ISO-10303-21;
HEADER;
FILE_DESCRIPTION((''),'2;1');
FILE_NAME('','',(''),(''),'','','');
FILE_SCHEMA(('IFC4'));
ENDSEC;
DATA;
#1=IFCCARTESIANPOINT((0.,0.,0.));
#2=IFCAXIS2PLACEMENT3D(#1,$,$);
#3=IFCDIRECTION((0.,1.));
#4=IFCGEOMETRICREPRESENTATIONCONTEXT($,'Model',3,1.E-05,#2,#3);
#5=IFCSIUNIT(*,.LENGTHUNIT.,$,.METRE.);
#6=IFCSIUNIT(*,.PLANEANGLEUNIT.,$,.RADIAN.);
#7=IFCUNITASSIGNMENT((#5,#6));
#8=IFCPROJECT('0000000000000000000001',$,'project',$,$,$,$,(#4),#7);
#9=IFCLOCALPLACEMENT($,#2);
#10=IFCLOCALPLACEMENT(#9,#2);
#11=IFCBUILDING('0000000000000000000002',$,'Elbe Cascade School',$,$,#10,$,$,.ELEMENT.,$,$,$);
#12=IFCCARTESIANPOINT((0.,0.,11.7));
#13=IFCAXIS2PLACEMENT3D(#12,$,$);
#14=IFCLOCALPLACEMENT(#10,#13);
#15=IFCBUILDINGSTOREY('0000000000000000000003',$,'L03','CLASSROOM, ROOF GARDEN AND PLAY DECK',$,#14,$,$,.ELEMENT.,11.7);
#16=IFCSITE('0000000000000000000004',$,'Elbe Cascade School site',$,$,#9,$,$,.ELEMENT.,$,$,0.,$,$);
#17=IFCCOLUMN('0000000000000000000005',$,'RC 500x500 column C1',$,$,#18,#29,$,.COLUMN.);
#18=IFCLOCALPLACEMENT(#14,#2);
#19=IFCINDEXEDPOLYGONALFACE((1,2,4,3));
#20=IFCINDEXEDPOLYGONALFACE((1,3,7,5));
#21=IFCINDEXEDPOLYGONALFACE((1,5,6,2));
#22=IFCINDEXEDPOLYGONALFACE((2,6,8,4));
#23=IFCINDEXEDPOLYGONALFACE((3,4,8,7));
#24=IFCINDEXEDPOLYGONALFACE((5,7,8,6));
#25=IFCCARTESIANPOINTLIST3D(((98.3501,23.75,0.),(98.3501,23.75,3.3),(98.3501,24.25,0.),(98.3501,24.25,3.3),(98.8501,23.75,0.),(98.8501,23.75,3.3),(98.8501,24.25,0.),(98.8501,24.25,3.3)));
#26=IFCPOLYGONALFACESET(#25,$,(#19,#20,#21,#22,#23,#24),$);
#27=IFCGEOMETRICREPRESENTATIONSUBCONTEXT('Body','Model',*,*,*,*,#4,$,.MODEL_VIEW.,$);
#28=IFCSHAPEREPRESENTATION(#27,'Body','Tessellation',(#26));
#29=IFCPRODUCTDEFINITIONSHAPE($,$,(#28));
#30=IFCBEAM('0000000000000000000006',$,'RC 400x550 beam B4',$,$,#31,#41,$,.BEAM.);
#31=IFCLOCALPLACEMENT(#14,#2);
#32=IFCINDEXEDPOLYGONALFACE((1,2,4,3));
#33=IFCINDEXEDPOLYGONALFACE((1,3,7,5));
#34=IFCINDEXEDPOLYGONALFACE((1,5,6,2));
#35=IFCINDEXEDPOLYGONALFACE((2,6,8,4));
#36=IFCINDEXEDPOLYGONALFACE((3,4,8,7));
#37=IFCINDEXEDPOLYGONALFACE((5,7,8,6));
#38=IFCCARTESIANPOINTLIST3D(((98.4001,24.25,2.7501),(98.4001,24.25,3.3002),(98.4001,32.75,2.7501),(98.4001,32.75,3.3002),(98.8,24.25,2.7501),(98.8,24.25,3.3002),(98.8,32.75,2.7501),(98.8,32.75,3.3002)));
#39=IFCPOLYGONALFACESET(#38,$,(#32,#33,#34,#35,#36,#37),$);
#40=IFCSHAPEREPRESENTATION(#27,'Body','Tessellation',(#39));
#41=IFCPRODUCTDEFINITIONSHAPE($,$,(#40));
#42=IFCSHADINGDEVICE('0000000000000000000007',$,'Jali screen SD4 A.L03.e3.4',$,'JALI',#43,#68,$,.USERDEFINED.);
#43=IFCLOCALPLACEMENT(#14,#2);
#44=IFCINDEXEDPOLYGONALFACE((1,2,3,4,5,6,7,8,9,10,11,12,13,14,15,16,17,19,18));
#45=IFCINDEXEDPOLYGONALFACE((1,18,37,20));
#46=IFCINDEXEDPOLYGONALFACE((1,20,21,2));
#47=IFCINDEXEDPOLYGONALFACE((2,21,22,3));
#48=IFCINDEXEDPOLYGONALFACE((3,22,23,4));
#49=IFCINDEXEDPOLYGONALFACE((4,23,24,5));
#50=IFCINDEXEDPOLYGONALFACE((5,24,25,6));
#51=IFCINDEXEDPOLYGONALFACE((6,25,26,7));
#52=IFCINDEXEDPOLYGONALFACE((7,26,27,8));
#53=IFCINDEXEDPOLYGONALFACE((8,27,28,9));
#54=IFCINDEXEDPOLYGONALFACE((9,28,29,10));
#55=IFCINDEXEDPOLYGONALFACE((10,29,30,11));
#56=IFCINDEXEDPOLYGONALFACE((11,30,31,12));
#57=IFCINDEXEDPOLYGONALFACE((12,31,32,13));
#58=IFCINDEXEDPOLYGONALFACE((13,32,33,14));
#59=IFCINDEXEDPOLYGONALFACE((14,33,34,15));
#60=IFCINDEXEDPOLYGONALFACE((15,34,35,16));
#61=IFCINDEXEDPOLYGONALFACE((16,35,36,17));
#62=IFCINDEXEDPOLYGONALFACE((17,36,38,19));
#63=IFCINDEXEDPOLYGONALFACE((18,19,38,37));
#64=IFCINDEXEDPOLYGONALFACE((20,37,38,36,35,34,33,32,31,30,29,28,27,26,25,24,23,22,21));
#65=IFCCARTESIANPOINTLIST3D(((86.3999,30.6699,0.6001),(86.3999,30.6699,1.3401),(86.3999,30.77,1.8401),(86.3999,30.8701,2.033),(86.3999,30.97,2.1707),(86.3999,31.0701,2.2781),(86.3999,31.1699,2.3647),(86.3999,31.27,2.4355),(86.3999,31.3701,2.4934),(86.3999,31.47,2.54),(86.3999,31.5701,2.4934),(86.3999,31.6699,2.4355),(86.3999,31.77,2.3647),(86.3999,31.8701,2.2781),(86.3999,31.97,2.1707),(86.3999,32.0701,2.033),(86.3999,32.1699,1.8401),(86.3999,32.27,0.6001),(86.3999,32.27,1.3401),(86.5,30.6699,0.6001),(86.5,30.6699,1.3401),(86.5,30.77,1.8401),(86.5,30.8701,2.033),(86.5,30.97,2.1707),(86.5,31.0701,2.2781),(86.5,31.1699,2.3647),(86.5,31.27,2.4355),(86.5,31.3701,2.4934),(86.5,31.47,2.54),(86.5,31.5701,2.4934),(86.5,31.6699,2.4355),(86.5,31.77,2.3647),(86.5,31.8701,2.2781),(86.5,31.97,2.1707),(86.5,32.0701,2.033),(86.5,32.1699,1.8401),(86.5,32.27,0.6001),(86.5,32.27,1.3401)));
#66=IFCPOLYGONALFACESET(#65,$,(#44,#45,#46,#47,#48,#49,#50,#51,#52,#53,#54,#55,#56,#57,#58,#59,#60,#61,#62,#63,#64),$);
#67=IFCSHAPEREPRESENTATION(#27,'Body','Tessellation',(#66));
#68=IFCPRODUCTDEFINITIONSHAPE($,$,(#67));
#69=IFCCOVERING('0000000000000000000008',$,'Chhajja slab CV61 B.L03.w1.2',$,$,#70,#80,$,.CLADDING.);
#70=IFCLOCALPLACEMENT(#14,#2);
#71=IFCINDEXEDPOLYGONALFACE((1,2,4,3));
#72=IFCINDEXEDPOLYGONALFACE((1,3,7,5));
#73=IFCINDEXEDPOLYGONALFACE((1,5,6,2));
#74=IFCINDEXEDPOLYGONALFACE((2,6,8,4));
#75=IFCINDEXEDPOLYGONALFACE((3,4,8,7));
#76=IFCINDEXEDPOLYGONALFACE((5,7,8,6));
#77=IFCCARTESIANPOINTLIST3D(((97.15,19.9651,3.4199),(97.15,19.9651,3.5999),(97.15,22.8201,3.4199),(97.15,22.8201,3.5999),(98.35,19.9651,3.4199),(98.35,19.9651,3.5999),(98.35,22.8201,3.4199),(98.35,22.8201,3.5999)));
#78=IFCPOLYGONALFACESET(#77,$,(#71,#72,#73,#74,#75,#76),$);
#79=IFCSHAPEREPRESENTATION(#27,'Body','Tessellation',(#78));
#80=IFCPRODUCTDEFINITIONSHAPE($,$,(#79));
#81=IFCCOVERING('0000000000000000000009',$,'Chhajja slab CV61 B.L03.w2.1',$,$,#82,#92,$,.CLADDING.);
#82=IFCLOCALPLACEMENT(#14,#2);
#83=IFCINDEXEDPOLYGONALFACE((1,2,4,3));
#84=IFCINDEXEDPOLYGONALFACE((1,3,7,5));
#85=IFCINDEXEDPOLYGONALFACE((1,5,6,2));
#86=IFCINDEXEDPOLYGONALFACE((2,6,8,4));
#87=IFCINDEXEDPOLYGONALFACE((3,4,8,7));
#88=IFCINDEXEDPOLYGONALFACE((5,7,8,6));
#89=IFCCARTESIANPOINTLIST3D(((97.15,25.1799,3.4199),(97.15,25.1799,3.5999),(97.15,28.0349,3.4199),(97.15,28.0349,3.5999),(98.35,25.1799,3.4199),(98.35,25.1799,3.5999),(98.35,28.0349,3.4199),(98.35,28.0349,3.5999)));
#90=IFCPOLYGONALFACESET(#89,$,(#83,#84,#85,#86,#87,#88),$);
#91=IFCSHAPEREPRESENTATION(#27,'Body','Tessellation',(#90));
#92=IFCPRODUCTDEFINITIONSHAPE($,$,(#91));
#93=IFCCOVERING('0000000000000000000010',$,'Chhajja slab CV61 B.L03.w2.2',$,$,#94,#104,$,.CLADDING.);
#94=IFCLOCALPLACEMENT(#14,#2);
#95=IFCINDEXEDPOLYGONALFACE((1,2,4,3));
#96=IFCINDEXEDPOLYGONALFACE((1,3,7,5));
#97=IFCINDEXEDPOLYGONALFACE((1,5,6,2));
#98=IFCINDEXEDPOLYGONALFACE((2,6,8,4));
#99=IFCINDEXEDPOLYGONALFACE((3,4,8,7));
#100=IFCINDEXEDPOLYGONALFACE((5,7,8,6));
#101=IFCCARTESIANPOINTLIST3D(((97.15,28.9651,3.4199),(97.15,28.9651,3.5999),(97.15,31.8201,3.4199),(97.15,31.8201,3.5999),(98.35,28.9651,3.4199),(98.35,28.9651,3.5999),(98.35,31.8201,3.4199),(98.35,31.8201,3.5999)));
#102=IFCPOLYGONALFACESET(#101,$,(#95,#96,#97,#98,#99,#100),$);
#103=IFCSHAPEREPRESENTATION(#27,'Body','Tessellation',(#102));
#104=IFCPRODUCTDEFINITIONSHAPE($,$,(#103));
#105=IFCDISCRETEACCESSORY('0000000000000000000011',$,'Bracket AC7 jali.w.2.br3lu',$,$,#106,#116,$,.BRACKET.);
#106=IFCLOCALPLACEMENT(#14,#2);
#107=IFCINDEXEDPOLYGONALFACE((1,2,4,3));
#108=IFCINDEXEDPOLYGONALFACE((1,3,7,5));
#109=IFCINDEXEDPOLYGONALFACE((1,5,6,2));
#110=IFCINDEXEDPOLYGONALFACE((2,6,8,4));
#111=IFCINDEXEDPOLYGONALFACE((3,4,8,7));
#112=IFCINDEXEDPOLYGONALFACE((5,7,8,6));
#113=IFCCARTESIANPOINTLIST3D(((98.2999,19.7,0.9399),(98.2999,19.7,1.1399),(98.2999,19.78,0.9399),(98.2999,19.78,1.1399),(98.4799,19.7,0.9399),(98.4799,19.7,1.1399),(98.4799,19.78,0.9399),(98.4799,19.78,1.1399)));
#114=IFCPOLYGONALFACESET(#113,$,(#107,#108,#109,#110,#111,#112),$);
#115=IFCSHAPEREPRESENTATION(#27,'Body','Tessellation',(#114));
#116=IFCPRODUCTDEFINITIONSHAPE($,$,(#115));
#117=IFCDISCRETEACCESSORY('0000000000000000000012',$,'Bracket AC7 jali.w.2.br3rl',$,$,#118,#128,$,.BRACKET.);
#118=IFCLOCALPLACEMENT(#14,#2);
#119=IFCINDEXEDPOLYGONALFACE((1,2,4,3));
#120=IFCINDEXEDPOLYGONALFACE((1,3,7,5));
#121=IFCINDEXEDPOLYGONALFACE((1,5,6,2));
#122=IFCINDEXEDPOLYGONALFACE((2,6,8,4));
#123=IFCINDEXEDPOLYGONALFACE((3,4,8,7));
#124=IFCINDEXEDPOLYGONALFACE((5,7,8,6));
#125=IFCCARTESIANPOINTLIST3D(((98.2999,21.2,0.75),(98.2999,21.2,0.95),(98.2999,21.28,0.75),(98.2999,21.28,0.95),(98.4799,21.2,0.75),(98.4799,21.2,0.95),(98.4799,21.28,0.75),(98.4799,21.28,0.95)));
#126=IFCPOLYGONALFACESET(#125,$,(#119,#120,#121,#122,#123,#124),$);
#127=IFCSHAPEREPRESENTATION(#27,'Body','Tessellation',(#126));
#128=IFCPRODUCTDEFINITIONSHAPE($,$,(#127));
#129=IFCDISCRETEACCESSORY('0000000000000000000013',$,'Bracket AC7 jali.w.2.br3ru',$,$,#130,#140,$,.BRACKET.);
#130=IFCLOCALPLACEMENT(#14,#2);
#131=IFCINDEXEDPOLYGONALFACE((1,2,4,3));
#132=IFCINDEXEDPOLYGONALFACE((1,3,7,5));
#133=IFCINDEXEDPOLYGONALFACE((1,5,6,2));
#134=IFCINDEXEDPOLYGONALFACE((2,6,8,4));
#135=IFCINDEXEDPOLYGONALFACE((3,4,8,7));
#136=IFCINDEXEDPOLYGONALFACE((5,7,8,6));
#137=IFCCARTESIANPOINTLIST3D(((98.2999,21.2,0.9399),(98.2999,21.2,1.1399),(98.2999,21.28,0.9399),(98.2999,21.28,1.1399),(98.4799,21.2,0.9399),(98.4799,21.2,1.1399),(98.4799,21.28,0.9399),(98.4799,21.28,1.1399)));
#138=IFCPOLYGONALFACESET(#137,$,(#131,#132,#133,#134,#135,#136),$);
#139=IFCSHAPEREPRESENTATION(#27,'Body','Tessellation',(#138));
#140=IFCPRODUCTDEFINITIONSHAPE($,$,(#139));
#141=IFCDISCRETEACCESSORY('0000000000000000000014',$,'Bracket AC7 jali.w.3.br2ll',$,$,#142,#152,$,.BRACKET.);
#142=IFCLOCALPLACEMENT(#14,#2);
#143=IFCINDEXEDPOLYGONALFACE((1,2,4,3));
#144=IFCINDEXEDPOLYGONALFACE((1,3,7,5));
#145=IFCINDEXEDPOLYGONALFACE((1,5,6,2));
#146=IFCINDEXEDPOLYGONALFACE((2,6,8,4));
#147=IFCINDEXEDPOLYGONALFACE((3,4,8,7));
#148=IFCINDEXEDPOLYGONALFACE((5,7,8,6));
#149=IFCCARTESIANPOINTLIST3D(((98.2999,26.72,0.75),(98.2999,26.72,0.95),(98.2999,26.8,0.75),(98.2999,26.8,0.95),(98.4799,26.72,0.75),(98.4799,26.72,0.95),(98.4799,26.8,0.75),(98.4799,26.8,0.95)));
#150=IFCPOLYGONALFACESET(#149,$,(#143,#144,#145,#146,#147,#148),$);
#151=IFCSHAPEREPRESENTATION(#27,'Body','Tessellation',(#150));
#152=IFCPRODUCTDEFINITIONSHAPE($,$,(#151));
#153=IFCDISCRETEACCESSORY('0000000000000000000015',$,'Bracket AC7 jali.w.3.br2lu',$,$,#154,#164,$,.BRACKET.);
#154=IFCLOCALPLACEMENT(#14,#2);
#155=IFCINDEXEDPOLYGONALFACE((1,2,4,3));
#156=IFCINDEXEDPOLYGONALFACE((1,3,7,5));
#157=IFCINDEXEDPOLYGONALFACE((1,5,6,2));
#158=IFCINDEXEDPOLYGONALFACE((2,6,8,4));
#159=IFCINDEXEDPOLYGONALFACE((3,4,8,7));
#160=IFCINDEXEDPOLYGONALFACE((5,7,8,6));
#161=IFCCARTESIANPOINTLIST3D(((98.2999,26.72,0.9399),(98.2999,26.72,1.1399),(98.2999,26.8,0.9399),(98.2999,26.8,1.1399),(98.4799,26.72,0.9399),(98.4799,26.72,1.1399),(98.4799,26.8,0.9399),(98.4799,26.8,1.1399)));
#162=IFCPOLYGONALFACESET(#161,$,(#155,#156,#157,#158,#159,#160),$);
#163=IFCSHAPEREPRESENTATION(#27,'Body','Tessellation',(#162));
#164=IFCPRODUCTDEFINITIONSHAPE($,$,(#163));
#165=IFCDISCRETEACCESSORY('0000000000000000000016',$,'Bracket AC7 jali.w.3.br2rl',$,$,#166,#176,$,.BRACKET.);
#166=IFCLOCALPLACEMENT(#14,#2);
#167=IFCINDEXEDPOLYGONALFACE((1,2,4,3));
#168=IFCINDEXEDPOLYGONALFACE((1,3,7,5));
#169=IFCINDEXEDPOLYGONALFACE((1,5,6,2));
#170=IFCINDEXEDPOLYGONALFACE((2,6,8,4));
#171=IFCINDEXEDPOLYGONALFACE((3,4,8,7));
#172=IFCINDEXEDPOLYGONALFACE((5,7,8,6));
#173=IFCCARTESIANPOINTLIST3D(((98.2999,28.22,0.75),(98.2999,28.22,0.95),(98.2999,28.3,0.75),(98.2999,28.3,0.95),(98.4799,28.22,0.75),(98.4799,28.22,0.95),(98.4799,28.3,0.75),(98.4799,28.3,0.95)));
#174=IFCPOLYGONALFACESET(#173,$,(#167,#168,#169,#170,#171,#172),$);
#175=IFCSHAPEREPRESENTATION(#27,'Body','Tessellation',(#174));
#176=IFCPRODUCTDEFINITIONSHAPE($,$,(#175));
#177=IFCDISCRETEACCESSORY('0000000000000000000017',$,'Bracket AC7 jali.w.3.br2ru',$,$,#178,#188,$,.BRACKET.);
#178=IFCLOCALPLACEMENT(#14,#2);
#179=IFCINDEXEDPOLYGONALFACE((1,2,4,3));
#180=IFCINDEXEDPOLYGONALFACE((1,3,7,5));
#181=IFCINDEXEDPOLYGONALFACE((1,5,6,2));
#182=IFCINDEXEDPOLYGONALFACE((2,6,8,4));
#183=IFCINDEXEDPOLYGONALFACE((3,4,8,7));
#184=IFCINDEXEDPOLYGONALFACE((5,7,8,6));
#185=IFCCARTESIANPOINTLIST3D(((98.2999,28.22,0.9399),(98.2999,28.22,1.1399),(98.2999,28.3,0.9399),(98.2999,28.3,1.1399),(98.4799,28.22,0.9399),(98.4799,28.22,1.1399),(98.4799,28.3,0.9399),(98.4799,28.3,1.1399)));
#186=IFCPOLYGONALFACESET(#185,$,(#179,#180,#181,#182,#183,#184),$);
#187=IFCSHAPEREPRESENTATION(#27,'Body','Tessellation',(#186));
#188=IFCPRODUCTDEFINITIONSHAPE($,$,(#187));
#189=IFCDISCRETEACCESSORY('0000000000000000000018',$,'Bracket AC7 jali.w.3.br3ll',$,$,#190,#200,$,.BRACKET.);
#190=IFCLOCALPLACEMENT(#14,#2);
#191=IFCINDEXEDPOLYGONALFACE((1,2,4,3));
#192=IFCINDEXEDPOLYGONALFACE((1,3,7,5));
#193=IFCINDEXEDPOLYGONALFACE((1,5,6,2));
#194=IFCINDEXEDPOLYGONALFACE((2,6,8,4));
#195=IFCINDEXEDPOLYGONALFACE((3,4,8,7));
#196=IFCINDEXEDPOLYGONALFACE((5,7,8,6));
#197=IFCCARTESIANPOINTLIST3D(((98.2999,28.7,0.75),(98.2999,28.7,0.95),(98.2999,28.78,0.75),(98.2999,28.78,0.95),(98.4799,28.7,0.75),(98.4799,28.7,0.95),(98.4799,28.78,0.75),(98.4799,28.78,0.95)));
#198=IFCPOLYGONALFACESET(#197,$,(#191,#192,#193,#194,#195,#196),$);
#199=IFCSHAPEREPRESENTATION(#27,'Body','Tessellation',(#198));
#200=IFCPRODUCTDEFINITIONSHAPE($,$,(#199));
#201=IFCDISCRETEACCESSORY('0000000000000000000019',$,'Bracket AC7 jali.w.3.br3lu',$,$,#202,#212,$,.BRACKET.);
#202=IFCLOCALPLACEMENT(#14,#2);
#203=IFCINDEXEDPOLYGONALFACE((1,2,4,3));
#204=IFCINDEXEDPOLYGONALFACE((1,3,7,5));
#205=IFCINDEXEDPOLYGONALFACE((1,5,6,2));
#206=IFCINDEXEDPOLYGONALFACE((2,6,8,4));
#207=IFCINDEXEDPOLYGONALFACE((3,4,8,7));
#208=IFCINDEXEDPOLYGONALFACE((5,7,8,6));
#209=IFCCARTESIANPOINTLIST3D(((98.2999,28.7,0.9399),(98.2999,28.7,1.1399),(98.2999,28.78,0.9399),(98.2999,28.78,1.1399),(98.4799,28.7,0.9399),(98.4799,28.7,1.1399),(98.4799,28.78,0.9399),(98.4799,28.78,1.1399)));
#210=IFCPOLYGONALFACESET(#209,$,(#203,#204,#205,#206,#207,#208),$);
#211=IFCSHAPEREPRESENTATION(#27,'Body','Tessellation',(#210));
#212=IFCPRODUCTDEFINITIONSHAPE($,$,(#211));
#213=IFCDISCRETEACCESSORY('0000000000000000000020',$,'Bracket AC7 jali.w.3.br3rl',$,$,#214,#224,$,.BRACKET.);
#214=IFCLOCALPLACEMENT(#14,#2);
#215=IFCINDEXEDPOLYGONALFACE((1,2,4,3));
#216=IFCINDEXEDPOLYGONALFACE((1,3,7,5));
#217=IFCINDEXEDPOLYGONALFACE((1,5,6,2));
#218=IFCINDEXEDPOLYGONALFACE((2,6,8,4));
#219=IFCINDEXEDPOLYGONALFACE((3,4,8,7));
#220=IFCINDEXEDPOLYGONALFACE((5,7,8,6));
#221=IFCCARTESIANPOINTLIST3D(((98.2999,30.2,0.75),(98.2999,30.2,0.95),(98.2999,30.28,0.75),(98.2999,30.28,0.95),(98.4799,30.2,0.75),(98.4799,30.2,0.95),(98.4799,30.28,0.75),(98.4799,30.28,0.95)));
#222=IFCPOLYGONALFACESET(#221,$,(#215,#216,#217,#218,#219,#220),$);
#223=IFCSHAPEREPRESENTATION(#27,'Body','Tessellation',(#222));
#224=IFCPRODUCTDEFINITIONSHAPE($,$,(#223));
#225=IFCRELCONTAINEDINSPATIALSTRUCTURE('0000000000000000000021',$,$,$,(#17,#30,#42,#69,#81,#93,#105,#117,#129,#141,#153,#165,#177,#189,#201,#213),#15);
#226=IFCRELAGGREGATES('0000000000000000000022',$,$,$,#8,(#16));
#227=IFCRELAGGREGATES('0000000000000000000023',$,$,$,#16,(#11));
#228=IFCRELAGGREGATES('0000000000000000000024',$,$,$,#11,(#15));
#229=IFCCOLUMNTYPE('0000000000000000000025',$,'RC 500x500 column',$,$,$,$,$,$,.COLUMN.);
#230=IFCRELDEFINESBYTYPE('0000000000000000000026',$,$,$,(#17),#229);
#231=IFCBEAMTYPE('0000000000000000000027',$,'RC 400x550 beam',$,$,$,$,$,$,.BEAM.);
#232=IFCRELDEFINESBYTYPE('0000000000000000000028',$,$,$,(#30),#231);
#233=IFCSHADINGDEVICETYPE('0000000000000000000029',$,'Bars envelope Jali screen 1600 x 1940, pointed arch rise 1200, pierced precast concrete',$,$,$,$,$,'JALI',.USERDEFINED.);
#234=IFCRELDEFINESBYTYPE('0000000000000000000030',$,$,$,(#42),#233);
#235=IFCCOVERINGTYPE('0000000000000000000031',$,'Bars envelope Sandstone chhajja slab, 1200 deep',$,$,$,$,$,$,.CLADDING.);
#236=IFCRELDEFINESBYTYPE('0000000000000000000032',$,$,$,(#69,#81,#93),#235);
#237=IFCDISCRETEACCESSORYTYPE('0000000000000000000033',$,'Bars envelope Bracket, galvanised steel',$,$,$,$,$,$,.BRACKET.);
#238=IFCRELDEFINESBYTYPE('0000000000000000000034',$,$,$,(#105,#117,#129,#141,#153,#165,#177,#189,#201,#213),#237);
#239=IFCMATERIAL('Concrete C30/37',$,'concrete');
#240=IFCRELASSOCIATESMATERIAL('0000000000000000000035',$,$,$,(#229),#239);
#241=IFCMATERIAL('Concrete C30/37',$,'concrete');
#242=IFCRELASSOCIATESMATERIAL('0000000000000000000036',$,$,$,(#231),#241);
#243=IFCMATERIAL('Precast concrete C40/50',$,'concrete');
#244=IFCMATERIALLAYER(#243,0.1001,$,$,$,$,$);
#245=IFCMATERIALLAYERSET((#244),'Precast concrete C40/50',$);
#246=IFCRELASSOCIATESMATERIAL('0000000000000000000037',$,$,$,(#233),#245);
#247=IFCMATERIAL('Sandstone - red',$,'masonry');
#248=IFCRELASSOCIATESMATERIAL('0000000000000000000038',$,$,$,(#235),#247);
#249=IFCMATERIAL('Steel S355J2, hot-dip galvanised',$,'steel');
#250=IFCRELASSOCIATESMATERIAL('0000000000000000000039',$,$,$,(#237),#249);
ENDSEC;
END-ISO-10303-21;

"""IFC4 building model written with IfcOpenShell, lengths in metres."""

from ifc_helpers import new_model, si_unit, direction, frame, origin, origin_2d, place, context, subcontext, project, spatial, polyline, rectangle, outline, extrude, material, layer, layer_set, material_profile, profile_set, type_object, element, save


model = new_model("IFC4")

# Units and contexts
model_context = context("Model", 3, precision=1e-05, world=origin(), true_north=direction((0.0, 1.0)))
body_context = subcontext(model_context, "Body", "Model", "MODEL_VIEW")
ifc_project = project(units=[si_unit("LENGTHUNIT", "METRE"), si_unit("PLANEANGLEUNIT", "RADIAN")], contexts=[model_context])

# Site, building, storey
site_placement = place(None, origin())
site = spatial("IfcSite", under=ifc_project, at=site_placement, Name="Elbe Cascade School site", CompositionType="ELEMENT", RefElevation=0.0)
building_placement = place(site_placement, origin())
building = spatial("IfcBuilding", under=site, at=building_placement, Name="Elbe Cascade School", CompositionType="ELEMENT")
storey_placement = place(building_placement, frame((0.0, 0.0, 11.7)))
storey = spatial("IfcBuildingStorey", under=building, at=storey_placement, Name="L03", Description="CLASSROOM, ROOF GARDEN AND PLAY DECK", CompositionType="ELEMENT", Elevation=11.7)

# Column
ifc_material_1 = material(Name="Concrete C30/37", Category="concrete")
ifc_material_profile_1 = material_profile(ifc_material_1, rectangle(XDim=0.5, YDim=0.5, at=origin_2d()), Name="RC 500x500")
ifc_profile_set_1 = profile_set([ifc_material_profile_1], Name="Concrete C30/37")
column_type = type_object("IfcColumnType", Name="RC 500x500 column", PredefinedType="COLUMN", material=ifc_profile_set_1)
column_placement = place(storey_placement, frame((98.6001, 24.0, 0.0), z_axis=(0.0, 0.0, 1.0), x_axis=(1.0, 0.0, 0.0)))
element("IfcColumn", 1, at=column_placement, inside=storey, type_object=column_type, Name="RC 500x500 column C1", PredefinedType="COLUMN", context=body_context, shape_type="SweptSolid", body=[
    extrude(rectangle(XDim=0.5, YDim=0.5, at=origin_2d()), origin(), (0.0, 0.0, 1.0), 3.3),
])

# Beam
ifc_material_2 = material(Name="Concrete C30/37", Category="concrete")
ifc_material_profile_2 = material_profile(ifc_material_2, rectangle(XDim=0.3999, YDim=0.55, at=origin_2d()), Name="RC 400x550")
ifc_profile_set_2 = profile_set([ifc_material_profile_2], Name="Concrete C30/37")
beam_type = type_object("IfcBeamType", Name="RC 400x550 beam", PredefinedType="BEAM", material=ifc_profile_set_2)
beam_placement = place(storey_placement, frame((98.6001, 24.25, 3.0251), z_axis=(0.0, 1.0, 0.0), x_axis=(-1.0, 0.0, 0.0)))
element("IfcBeam", 2, at=beam_placement, inside=storey, type_object=beam_type, Name="RC 400x550 beam B4", PredefinedType="BEAM", context=body_context, shape_type="SweptSolid", body=[
    extrude(rectangle(XDim=0.3999, YDim=0.55, at=origin_2d()), origin(), (0.0, 0.0, 1.0), 8.5),
])

# Shading device
ifc_material_3 = material(Name="Precast concrete C40/50", Category="concrete")
ifc_layer_1 = layer(ifc_material_3, 0.1001)
ifc_layer_set_1 = layer_set([ifc_layer_1], Name="Precast concrete C40/50")
shading_device_type_1 = type_object("IfcShadingDeviceType", Name="Bars envelope Jali screen 1600 x 1940, pointed arch rise 1200, pierced precast concrete", ElementType="JALI", PredefinedType="USERDEFINED", material=ifc_layer_set_1)
shading_device_1_placement = place(storey_placement, frame((86.5, 30.6699, 0.6001), z_axis=(1.0, 0.0, 0.0), x_axis=(0.0, 1.0, 0.0)))
element("IfcShadingDevice", 3, at=shading_device_1_placement, inside=storey, type_object=shading_device_type_1, Name="Jali screen SD4 A.L03.e3.4", ObjectType="JALI", PredefinedType="USERDEFINED", context=body_context, shape_type="SweptSolid", body=[
    extrude(outline(polyline([(0.0, 0.0), (1.6001, 0.0), (1.6001, 0.74), (1.5, 1.24), (1.4001, 1.4329), (1.3, 1.5706), (1.2002, 1.678), (1.1001, 1.7646), (1.0, 1.8354), (0.9001, 1.8933), (0.8, 1.9399), (0.7002, 1.8933), (0.6001, 1.8354), (0.5, 1.7646), (0.4001, 1.678), (0.3, 1.5706), (0.2002, 1.4329), (0.1001, 1.24), (0.0, 0.74), (0.0, 0.0)])), origin(), (0.0, 0.0, -1.0), 0.1001),
])

# Coverings
ifc_material_4 = material(Name="Sandstone - red", Category="masonry")
covering_type = type_object("IfcCoveringType", Name="Bars envelope Sandstone chhajja slab, 1200 deep", PredefinedType="CLADDING", material=ifc_material_4)
for number, where, z_axis, x_axis, name in (
    (4, (97.75, 21.3926, 3.4199), (0.0, 0.0, 1.0), (0.0, 1.0, 0.0), "Chhajja slab CV61 B.L03.w1.2"),
    (5, (97.75, 26.6074, 3.4199), (0.0, 0.0, 1.0), (0.0, 1.0, 0.0), "Chhajja slab CV61 B.L03.w2.1"),
    (6, (97.75, 30.3926, 3.4199), (0.0, 0.0, 1.0), (0.0, 1.0, 0.0), "Chhajja slab CV61 B.L03.w2.2"),
):
    element("IfcCovering", number, at=place(storey_placement, frame(where, z_axis=z_axis, x_axis=x_axis)), inside=storey, type_object=covering_type, Name=name, PredefinedType="CLADDING", context=body_context, shape_type="SweptSolid", body=[
        extrude(rectangle(XDim=2.855, YDim=1.2, at=origin_2d()), origin(), (0.0, 0.0, 1.0), 0.1799),
    ])

# Discrete accessories
ifc_material_5 = material(Name="Steel S355J2, hot-dip galvanised", Category="steel")
discrete_accessory_type = type_object("IfcDiscreteAccessoryType", Name="Bars envelope Bracket, galvanised steel", PredefinedType="BRACKET", material=ifc_material_5)
for number, where, z_axis, x_axis, name in (
    (7, (98.3899, 19.74, 0.9399), (0.0, 0.0, 1.0), (0.0, 1.0, 0.0), "Bracket AC7 jali.w.2.br3lu"),
    (8, (98.3899, 21.24, 0.75), (0.0, 0.0, 1.0), (0.0, 1.0, 0.0), "Bracket AC7 jali.w.2.br3rl"),
    (9, (98.3899, 21.24, 0.9399), (0.0, 0.0, 1.0), (0.0, 1.0, 0.0), "Bracket AC7 jali.w.2.br3ru"),
    (10, (98.3899, 26.76, 0.75), (0.0, 0.0, 1.0), (0.0, 1.0, 0.0), "Bracket AC7 jali.w.3.br2ll"),
    (11, (98.3899, 26.76, 0.9399), (0.0, 0.0, 1.0), (0.0, 1.0, 0.0), "Bracket AC7 jali.w.3.br2lu"),
    (12, (98.3899, 28.26, 0.75), (0.0, 0.0, 1.0), (0.0, 1.0, 0.0), "Bracket AC7 jali.w.3.br2rl"),
    (13, (98.3899, 28.26, 0.9399), (0.0, 0.0, 1.0), (0.0, 1.0, 0.0), "Bracket AC7 jali.w.3.br2ru"),
    (14, (98.3899, 28.74, 0.75), (0.0, 0.0, 1.0), (0.0, 1.0, 0.0), "Bracket AC7 jali.w.3.br3ll"),
    (15, (98.3899, 28.74, 0.9399), (0.0, 0.0, 1.0), (0.0, 1.0, 0.0), "Bracket AC7 jali.w.3.br3lu"),
    (16, (98.3899, 30.24, 0.75), (0.0, 0.0, 1.0), (0.0, 1.0, 0.0), "Bracket AC7 jali.w.3.br3rl"),
):
    element("IfcDiscreteAccessory", number, at=place(storey_placement, frame(where, z_axis=z_axis, x_axis=x_axis)), inside=storey, type_object=discrete_accessory_type, Name=name, PredefinedType="BRACKET", context=body_context, shape_type="SweptSolid", body=[
        extrude(rectangle(XDim=0.0801, YDim=0.1799, at=origin_2d()), origin(), (0.0, 0.0, 1.0), 0.2),
    ])

save(model, "model.ifc")
